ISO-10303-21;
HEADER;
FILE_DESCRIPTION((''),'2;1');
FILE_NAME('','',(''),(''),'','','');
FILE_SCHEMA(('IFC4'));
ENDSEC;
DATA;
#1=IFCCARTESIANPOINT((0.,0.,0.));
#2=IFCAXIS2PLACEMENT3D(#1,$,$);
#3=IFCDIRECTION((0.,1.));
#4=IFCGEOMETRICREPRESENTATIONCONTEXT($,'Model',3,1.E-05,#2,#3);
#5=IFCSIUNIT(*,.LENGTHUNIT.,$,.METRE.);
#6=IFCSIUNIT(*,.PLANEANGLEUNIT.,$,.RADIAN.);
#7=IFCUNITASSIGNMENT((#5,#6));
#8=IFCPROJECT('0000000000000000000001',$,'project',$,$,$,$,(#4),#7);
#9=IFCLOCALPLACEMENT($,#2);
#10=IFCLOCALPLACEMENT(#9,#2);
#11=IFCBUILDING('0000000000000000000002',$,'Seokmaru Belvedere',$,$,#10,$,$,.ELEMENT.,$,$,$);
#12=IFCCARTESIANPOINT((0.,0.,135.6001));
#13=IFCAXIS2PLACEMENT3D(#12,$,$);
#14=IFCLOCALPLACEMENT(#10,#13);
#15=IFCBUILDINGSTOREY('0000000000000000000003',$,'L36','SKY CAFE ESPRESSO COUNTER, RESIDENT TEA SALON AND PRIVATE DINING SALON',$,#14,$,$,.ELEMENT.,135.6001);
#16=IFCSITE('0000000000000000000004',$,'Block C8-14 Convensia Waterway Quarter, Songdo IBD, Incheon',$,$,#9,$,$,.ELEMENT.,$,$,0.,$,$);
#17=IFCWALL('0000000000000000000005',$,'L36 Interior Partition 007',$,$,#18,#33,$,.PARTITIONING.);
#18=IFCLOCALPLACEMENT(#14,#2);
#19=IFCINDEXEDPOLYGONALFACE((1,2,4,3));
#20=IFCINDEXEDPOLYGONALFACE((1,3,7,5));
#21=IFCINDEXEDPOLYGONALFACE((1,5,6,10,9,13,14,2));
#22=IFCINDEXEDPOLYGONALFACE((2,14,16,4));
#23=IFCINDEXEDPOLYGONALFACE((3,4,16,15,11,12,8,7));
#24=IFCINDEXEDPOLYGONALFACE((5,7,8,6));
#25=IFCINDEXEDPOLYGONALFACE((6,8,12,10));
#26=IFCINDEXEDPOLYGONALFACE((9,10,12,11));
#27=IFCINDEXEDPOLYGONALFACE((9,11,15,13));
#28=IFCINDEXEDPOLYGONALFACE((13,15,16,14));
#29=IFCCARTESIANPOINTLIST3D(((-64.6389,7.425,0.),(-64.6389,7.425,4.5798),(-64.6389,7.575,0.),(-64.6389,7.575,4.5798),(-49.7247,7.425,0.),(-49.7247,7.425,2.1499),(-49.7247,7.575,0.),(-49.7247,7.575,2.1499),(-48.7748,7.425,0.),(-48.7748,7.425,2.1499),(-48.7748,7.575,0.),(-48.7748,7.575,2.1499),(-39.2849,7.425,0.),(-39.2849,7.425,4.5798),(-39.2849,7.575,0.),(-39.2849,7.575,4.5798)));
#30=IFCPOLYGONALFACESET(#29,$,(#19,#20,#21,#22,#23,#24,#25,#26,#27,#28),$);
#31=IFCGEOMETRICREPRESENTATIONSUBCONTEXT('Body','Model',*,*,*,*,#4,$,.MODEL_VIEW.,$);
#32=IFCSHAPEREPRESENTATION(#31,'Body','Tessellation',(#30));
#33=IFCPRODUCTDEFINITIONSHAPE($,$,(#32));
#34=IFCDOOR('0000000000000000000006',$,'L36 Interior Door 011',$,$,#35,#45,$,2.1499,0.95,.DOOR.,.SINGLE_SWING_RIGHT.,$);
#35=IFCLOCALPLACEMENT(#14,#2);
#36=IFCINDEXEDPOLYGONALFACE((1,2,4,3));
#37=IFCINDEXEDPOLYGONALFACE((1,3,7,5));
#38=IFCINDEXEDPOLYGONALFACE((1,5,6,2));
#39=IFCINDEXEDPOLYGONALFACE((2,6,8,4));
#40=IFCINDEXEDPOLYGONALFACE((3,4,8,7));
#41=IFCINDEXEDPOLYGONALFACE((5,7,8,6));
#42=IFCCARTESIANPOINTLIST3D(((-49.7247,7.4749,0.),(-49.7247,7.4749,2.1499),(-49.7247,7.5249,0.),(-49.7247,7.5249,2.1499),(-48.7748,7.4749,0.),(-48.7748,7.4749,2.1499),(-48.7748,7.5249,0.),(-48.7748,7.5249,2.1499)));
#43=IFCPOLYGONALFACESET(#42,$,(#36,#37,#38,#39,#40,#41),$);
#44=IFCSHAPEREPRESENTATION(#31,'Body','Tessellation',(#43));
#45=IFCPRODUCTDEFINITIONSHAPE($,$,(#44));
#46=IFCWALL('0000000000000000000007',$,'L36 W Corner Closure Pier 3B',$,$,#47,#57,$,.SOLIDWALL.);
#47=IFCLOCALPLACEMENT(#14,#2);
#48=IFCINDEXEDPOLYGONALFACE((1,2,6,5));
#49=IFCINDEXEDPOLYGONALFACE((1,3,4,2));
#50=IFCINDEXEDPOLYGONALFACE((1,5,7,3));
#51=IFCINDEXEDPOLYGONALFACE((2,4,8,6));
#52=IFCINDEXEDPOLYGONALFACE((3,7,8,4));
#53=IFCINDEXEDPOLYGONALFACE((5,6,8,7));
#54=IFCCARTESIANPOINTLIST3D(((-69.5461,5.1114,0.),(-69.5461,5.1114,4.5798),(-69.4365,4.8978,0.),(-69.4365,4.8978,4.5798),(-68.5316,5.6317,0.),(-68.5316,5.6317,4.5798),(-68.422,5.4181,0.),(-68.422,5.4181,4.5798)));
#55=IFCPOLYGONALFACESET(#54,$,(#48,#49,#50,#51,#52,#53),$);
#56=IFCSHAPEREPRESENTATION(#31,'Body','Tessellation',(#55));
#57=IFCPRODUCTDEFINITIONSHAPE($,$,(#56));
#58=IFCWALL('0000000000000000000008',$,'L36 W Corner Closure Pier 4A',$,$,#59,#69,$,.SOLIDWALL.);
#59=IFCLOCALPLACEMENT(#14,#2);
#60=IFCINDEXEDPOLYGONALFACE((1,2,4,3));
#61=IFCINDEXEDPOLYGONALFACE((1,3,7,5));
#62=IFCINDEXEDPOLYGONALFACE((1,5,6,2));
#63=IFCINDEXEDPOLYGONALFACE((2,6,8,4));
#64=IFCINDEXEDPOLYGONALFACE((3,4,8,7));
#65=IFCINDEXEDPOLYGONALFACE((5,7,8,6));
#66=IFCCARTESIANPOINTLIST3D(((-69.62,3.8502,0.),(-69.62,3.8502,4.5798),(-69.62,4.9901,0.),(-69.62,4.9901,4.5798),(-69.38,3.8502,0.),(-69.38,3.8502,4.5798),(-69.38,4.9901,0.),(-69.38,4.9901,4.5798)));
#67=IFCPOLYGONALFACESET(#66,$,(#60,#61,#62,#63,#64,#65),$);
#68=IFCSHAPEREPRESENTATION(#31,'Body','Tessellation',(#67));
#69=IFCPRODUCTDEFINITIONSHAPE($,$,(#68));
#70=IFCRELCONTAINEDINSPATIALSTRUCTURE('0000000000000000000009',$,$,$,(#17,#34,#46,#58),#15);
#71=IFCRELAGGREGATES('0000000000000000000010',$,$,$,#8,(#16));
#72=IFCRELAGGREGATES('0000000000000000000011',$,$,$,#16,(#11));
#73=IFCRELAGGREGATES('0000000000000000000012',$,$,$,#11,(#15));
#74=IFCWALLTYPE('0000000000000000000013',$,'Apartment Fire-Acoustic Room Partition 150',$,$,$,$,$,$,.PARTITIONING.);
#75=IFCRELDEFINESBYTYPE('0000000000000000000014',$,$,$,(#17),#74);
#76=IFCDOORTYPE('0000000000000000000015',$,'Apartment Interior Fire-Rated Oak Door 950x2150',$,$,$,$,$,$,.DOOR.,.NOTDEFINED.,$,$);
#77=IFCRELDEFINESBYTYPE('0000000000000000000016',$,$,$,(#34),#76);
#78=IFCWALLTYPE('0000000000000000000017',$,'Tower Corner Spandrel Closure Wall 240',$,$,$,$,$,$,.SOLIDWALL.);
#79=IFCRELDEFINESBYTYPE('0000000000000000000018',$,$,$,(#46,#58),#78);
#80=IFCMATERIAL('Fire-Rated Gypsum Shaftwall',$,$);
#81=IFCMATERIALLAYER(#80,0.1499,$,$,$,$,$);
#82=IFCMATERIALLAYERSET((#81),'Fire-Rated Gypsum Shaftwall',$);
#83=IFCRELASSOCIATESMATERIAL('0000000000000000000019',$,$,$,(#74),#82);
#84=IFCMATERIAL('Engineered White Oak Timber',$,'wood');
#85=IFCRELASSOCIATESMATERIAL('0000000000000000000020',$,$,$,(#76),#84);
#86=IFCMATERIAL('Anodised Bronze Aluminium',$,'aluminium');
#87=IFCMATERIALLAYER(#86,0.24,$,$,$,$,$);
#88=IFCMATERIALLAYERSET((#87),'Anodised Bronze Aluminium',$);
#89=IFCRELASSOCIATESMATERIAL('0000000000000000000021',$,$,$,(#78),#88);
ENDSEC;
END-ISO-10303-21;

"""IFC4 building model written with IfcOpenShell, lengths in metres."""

from ifc_helpers import new_model, si_unit, direction, frame, frame_2d, origin, place, context, subcontext, project, spatial, rectangle, extrude, source, transform, mapped, material, layer, layer_set, type_object, type_shapes, element, fill, save


model = new_model("IFC4")

# Units and contexts
model_context = context("Model", 3, precision=1e-05, world=origin(), true_north=direction((0.0, 1.0)))
body_context = subcontext(model_context, "Body", "Model", "MODEL_VIEW")
ifc_project = project(units=[si_unit("LENGTHUNIT", "METRE"), si_unit("PLANEANGLEUNIT", "RADIAN")], contexts=[model_context])

# Site, building, storey
site_placement = place(None, origin())
site = spatial("IfcSite", under=ifc_project, at=site_placement, Name="Block C8-14 Convensia Waterway Quarter, Songdo IBD, Incheon", CompositionType="ELEMENT", RefElevation=0.0)
building_placement = place(site_placement, origin())
building = spatial("IfcBuilding", under=site, at=building_placement, Name="Seokmaru Belvedere", CompositionType="ELEMENT")
storey_placement = place(building_placement, frame((0.0, 0.0, 135.6001)))
storey = spatial("IfcBuildingStorey", under=building, at=storey_placement, Name="L36", Description="SKY CAFE ESPRESSO COUNTER, RESIDENT TEA SALON AND PRIVATE DINING SALON", CompositionType="ELEMENT", Elevation=135.6001)

# Shared definitions
ifc_material_1 = material(Name="Anodised Bronze Aluminium", Category="aluminium")

# Wall, opening, door
ifc_material_2 = material(Name="Fire-Rated Gypsum Shaftwall")
ifc_layer_1 = layer(ifc_material_2, 0.1499)
ifc_layer_set_1 = layer_set([ifc_layer_1], Name="Fire-Rated Gypsum Shaftwall")
wall_type_1 = type_object("IfcWallType", Name="Apartment Fire-Acoustic Room Partition 150", PredefinedType="PARTITIONING", material=ifc_layer_set_1)
wall_1_placement = place(storey_placement, frame((-64.6389, 7.5, 0.0), z_axis=(0.0, 0.0, 1.0), x_axis=(1.0, 0.0, 0.0)))
wall_1 = element("IfcWall", 1, at=wall_1_placement, inside=storey, type_object=wall_type_1, Name="L36 Interior Partition 007", PredefinedType="PARTITIONING", context=body_context, shape_type="SweptSolid", body=[
    extrude(rectangle(XDim=25.354, YDim=0.1499, at=frame_2d((12.677, 0.0))), origin(), (0.0, 0.0, 1.0), 4.5798),
])
opening_placement = place(wall_1_placement, frame((14.9141, 0.0, 0.0)))
opening = element("IfcOpeningElement", 2, at=opening_placement, cuts=wall_1, PredefinedType="OPENING", context=body_context, shape_type="SweptSolid", body=[
    extrude(rectangle(XDim=0.95, YDim=2.1499, at=frame_2d((0.4751, 1.075))), frame((0.0, 0.085, 0.0), z_axis=(0.0, -1.0, 0.0), x_axis=(1.0, 0.0, 0.0)), (0.0, 0.0, 1.0), 0.1699),
])
ifc_material_3 = material(Name="Engineered White Oak Timber", Category="wood")
door_type = type_object("IfcDoorType", Name="Apartment Interior Fire-Rated Oak Door 950x2150", OperationType="NOTDEFINED", PredefinedType="DOOR", material=ifc_material_3)
shared_shape_1 = source(origin(), body_context, "Body", "SweptSolid", [
    extrude(rectangle(XDim=0.95, YDim=2.1499, at=frame_2d((0.4751, 1.075))), frame((0.0, 0.0249, 0.0), z_axis=(0.0, -1.0, 0.0), x_axis=(1.0, 0.0, 0.0)), (0.0, 0.0, 1.0), 0.05),
])
type_shapes(door_type, [shared_shape_1])
door_placement = place(opening_placement, origin())
door = element("IfcDoor", 3, at=door_placement, inside=storey, type_object=door_type, Name="L36 Interior Door 011", OperationType="SINGLE_SWING_RIGHT", OverallHeight=2.1499, OverallWidth=0.95, PredefinedType="DOOR", context=body_context, shape_type="MappedRepresentation", body=[
    mapped(shared_shape_1, transform((0.0, 0.0, 0.0), scale=1.0)),
])
fill(opening, door)

# Walls
ifc_layer_2 = layer(ifc_material_1, 0.24)
ifc_layer_set_2 = layer_set([ifc_layer_2], Name="Anodised Bronze Aluminium")
wall_type_2 = type_object("IfcWallType", Name="Tower Corner Spandrel Closure Wall 240", PredefinedType="SOLIDWALL", material=ifc_layer_set_2)
wall_2_placement = place(storey_placement, frame((-68.4768, 5.5249, 0.0), z_axis=(0.0, 0.0, 1.0), x_axis=(-0.889797, -0.456356, 0.0)))
element("IfcWall", 4, at=wall_2_placement, inside=storey, type_object=wall_type_2, Name="L36 W Corner Closure Pier 3B", PredefinedType="SOLIDWALL", context=body_context, shape_type="SweptSolid", body=[
    extrude(rectangle(XDim=1.1401, YDim=0.24, at=frame_2d((0.5701, 0.0))), origin(), (0.0, 0.0, 1.0), 4.5798),
])
wall_3_placement = place(storey_placement, frame((-69.5, 4.99, 0.0), z_axis=(0.0, 0.0, 1.0), x_axis=(0.0, -1.0, 0.0)))
element("IfcWall", 5, at=wall_3_placement, inside=storey, type_object=wall_type_2, Name="L36 W Corner Closure Pier 4A", PredefinedType="SOLIDWALL", context=body_context, shape_type="SweptSolid", body=[
    extrude(rectangle(XDim=1.1399, YDim=0.24, at=frame_2d((0.5698, 0.0))), origin(), (0.0, 0.0, 1.0), 4.5798),
])

save(model, "model.ifc")
